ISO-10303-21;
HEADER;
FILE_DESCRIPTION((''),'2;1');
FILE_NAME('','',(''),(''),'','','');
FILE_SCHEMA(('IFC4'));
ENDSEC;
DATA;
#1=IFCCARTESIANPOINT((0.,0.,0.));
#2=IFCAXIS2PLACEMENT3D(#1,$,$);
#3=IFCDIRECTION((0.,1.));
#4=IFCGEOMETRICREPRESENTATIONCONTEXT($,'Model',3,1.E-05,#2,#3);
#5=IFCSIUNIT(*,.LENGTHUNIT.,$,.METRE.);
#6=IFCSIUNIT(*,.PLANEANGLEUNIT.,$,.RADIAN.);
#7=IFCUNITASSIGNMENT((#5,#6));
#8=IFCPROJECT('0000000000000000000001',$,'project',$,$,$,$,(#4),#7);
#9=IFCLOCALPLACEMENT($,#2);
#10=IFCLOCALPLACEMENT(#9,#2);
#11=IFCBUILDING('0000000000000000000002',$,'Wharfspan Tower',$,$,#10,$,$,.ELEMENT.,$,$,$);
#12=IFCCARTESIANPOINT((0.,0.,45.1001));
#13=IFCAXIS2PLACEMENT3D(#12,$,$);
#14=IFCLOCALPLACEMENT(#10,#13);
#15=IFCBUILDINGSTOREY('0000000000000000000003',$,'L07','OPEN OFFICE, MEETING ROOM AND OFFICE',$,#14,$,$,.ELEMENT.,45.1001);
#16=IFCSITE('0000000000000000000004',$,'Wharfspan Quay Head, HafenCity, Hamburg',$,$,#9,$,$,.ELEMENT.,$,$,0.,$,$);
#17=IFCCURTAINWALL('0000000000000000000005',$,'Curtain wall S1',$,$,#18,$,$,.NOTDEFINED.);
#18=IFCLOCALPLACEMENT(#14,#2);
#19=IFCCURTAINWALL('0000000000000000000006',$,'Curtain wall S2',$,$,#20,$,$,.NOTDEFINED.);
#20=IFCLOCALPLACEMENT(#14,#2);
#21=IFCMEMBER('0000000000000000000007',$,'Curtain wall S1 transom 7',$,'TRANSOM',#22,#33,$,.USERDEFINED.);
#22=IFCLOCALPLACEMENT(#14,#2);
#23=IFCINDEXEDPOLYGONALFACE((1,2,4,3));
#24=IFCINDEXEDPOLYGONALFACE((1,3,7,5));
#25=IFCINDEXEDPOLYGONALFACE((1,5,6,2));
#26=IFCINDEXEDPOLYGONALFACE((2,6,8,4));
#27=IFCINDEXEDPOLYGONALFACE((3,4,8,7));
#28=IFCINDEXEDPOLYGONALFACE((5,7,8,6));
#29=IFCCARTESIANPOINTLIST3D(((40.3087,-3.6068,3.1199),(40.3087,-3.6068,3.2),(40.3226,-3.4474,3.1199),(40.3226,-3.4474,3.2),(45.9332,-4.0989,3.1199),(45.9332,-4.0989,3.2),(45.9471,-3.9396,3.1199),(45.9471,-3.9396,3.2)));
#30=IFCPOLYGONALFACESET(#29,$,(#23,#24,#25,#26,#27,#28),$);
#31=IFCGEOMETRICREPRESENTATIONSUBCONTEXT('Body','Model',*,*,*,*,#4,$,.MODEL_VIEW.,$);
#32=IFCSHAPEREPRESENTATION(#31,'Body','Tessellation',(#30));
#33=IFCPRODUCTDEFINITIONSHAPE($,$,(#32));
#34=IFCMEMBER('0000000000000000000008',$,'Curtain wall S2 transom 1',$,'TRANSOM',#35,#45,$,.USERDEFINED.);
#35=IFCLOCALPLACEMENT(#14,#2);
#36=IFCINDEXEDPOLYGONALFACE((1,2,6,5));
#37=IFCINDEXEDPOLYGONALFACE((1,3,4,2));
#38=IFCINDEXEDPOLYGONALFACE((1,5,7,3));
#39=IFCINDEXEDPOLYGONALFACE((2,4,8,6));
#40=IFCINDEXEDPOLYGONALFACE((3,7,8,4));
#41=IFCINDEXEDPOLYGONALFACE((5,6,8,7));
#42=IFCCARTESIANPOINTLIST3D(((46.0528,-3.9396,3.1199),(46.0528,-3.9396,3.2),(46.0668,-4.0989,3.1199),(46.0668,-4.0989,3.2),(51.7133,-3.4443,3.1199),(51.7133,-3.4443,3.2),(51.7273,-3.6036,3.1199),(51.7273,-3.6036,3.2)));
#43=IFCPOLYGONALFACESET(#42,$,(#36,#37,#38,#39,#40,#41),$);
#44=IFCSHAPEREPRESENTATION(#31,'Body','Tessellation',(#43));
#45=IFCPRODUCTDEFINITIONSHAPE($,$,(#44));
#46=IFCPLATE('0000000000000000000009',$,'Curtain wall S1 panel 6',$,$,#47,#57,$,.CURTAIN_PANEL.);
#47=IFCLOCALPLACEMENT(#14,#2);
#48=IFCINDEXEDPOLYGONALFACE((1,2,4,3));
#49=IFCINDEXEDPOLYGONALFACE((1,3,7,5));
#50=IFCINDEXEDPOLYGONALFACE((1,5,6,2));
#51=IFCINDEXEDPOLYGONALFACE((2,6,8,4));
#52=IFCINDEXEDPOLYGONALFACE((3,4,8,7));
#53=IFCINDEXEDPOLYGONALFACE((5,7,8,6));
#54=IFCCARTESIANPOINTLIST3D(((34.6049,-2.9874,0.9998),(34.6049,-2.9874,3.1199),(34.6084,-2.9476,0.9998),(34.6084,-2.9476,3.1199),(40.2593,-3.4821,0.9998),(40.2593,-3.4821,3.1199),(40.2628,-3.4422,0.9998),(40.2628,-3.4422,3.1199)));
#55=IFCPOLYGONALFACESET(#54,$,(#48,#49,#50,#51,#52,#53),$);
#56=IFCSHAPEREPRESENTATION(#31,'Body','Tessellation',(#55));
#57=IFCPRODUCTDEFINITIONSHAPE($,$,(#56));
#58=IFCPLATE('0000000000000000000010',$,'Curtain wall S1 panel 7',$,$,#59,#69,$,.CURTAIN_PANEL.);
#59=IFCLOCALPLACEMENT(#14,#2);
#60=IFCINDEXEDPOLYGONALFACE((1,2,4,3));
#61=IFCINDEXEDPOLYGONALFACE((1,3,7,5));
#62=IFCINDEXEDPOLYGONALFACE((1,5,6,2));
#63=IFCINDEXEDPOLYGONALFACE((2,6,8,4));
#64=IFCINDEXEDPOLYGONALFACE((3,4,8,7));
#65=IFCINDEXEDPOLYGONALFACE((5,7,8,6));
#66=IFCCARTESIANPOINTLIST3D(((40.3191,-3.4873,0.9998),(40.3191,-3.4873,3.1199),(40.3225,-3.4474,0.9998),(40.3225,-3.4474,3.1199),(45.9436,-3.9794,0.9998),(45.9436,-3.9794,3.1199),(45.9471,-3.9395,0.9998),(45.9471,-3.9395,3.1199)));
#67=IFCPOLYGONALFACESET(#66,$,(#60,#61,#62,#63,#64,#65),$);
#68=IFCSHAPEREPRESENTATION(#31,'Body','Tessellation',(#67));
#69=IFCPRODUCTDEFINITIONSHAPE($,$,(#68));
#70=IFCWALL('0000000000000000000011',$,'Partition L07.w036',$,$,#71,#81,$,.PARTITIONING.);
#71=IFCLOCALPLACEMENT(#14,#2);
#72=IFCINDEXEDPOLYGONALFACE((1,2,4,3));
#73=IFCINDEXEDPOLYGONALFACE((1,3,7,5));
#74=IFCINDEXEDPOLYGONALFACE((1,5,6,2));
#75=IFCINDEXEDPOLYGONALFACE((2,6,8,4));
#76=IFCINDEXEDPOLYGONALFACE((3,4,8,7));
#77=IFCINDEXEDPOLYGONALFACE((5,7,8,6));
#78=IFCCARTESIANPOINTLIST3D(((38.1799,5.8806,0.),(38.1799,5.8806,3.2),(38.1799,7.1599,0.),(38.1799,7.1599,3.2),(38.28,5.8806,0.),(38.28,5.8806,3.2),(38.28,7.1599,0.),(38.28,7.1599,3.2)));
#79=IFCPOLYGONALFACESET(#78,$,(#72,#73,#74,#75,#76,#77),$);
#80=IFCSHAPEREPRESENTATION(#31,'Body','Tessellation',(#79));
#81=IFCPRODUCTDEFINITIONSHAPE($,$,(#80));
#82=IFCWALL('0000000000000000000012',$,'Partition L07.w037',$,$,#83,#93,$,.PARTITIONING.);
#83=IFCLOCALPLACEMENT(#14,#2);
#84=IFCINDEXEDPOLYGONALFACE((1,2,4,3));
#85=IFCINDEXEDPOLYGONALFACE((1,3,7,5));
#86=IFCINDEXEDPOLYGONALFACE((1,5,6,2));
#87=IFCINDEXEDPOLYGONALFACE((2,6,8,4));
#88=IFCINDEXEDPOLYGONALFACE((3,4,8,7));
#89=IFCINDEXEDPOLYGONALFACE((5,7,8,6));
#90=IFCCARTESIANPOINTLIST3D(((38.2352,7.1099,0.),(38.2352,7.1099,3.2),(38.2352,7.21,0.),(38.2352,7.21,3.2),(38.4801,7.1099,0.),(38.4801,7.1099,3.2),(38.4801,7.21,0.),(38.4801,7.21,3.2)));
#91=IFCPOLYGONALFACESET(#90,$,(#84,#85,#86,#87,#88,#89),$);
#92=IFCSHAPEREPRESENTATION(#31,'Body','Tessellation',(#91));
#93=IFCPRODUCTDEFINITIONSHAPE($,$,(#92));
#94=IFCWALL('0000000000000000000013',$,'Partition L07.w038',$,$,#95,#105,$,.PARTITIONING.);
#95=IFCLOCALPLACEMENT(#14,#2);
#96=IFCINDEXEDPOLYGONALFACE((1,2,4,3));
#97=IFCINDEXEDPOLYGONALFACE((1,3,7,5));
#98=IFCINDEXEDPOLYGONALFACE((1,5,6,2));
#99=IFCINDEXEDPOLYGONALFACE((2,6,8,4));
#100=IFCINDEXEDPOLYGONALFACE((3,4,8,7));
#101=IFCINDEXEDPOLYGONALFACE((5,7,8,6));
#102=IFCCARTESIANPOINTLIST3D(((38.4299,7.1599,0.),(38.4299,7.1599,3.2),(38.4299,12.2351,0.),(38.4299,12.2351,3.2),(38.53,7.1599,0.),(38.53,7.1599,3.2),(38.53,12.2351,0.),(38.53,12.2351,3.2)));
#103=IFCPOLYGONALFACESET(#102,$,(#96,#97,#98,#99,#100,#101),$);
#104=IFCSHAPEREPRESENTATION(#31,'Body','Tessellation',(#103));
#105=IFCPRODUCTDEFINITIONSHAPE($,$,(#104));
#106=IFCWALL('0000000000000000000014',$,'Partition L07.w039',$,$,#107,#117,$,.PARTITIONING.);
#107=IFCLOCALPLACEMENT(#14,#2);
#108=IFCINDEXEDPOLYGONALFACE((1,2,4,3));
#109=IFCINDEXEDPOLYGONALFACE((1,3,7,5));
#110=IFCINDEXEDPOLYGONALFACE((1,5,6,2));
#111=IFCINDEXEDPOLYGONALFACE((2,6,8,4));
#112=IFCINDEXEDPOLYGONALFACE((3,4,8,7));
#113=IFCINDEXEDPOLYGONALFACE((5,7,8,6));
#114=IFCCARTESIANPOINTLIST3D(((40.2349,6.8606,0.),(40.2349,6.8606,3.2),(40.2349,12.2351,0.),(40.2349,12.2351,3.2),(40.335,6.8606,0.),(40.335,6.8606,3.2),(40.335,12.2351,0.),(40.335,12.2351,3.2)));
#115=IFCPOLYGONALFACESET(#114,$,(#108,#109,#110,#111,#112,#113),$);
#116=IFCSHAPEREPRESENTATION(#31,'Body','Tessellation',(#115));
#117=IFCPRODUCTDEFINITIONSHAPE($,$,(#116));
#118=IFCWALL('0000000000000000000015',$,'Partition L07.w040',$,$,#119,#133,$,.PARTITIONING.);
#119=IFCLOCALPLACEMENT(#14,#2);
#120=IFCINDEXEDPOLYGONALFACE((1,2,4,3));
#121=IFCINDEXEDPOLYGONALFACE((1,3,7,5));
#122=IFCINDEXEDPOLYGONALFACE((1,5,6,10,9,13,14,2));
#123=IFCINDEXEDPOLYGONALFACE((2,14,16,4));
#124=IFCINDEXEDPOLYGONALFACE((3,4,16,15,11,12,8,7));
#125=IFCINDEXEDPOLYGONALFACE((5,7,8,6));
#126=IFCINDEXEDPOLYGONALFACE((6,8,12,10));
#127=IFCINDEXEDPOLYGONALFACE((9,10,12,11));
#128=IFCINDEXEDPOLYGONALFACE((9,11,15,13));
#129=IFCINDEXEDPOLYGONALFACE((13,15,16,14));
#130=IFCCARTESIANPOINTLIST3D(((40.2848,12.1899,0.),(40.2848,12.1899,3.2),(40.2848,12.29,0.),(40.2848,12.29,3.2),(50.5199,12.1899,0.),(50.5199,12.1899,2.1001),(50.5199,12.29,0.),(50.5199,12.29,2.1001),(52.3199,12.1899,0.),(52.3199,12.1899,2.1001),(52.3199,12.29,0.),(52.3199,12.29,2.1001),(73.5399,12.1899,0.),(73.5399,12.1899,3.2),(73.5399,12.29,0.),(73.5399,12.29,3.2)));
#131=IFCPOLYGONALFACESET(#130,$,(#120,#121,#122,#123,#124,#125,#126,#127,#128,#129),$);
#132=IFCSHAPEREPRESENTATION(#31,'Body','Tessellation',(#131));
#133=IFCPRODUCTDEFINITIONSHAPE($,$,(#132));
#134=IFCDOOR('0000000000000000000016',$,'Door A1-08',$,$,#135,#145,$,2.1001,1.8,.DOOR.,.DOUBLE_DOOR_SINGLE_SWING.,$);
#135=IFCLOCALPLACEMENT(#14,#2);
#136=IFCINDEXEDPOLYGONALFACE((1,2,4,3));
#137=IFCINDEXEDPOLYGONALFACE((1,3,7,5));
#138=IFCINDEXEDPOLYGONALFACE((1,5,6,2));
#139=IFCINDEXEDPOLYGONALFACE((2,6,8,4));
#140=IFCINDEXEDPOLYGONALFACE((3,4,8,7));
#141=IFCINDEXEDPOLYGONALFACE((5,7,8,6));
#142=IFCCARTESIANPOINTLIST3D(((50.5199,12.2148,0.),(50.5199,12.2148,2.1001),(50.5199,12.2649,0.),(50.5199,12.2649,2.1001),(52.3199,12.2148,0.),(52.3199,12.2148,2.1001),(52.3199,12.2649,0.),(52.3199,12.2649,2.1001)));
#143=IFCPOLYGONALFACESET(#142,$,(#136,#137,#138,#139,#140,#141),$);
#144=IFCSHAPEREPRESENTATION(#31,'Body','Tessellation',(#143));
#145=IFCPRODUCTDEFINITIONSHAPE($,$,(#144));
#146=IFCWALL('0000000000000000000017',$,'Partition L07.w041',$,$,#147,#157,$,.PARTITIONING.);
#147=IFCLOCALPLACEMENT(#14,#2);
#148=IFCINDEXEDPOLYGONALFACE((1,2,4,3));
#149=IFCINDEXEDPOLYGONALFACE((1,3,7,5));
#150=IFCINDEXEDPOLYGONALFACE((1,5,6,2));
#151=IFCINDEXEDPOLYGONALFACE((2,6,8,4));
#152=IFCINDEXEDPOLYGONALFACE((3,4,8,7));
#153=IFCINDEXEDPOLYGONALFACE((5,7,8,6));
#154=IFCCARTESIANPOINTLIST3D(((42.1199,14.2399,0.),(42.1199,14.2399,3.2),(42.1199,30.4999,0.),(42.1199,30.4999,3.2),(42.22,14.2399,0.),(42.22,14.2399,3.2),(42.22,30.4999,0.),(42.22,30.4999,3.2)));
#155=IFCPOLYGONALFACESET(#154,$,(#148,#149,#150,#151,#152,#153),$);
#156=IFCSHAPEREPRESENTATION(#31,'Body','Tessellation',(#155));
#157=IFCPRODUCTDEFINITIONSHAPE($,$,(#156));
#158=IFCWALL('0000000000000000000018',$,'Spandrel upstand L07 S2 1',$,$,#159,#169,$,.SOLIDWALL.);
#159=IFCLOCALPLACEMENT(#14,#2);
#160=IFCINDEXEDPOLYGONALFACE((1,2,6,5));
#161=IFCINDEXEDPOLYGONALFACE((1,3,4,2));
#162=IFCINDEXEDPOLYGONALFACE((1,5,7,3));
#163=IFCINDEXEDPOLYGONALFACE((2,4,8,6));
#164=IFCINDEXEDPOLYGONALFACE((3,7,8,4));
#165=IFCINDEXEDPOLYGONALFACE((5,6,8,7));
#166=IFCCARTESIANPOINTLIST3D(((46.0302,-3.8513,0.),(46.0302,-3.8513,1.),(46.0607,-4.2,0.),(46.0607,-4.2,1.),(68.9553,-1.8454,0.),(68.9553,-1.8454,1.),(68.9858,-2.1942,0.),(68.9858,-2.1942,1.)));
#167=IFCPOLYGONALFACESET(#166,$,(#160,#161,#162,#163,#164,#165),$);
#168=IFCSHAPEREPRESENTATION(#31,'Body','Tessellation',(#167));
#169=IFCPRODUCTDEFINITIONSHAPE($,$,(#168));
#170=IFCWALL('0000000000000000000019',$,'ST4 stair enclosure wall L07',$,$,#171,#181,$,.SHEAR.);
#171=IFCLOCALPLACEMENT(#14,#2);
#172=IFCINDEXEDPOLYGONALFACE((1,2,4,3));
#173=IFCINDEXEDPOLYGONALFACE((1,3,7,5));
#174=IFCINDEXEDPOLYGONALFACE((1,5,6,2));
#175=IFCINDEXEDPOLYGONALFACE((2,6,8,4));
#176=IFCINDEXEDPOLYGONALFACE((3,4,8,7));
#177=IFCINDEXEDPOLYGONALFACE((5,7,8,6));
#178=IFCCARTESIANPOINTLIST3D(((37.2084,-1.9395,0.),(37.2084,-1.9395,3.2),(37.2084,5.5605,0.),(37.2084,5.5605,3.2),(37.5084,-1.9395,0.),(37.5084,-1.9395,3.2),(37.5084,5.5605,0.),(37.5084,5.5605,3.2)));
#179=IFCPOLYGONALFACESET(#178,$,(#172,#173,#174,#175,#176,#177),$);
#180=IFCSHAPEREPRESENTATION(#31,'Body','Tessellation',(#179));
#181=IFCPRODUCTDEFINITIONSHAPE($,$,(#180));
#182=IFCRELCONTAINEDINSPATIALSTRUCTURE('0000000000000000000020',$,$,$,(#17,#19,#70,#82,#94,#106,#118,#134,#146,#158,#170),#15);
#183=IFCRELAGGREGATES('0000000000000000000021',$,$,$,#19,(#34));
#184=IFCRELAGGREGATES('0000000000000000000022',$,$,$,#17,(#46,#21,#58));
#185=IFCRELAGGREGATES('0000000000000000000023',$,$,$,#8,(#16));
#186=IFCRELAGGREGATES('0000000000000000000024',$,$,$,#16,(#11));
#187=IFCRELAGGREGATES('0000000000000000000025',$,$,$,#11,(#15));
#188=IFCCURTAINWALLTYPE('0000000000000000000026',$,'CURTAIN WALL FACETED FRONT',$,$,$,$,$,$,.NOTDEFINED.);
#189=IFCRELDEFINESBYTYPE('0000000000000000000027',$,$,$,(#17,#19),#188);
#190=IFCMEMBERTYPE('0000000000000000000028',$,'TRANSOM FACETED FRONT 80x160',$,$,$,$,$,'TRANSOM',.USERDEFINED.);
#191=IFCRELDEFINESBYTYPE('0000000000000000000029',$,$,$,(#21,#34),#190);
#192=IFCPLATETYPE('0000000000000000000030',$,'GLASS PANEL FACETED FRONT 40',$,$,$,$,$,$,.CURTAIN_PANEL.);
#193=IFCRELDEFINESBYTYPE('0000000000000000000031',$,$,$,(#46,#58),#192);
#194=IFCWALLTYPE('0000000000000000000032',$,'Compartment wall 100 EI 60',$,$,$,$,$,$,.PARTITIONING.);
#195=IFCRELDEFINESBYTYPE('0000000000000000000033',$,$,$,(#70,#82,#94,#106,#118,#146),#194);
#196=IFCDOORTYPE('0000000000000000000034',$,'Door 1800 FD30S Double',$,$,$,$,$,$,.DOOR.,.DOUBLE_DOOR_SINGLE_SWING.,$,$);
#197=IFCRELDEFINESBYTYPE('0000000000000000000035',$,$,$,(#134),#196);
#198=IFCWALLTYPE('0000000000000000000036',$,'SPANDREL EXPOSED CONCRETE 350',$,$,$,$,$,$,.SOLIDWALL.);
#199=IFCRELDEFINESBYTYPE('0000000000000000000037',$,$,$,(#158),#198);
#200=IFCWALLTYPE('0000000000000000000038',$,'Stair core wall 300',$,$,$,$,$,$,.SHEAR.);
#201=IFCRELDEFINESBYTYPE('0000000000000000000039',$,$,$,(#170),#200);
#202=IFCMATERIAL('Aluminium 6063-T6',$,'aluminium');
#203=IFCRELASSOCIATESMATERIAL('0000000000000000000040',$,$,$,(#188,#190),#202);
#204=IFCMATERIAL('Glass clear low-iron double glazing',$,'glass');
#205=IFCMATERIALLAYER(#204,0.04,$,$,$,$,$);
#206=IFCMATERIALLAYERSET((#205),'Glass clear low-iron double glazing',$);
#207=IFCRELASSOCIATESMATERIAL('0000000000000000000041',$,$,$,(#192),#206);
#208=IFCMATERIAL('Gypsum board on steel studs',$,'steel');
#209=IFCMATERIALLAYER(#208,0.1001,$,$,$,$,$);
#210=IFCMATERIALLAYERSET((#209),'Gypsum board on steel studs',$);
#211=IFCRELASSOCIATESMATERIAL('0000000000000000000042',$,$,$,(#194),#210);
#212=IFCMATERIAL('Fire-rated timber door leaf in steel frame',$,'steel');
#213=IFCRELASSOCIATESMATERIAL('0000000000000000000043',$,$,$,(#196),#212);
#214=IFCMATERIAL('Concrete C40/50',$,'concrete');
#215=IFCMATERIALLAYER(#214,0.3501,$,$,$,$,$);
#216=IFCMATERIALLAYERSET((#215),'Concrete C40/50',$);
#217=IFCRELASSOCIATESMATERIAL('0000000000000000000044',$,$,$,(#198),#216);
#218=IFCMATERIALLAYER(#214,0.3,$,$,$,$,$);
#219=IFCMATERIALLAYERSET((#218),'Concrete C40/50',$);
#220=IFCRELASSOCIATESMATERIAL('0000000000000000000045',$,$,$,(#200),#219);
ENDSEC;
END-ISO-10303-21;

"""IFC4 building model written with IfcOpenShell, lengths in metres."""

from ifc_helpers import new_model, si_unit, direction, frame, frame_2d, origin, origin_2d, place, context, subcontext, project, spatial, rectangle, extrude, material, layer, layer_set, material_profile, profile_set, type_object, element, fill, aggregate, save


model = new_model("IFC4")

# Units and contexts
model_context = context("Model", 3, precision=1e-05, world=origin(), true_north=direction((0.0, 1.0)))
body_context = subcontext(model_context, "Body", "Model", "MODEL_VIEW")
ifc_project = project(units=[si_unit("LENGTHUNIT", "METRE"), si_unit("PLANEANGLEUNIT", "RADIAN")], contexts=[model_context])

# Site, building, storey
site_placement = place(None, origin())
site = spatial("IfcSite", under=ifc_project, at=site_placement, Name="Wharfspan Quay Head, HafenCity, Hamburg", CompositionType="ELEMENT", RefElevation=0.0)
building_placement = place(site_placement, origin())
building = spatial("IfcBuilding", under=site, at=building_placement, Name="Wharfspan Tower", CompositionType="ELEMENT")
storey_placement = place(building_placement, frame((0.0, 0.0, 45.1001)))
storey = spatial("IfcBuildingStorey", under=building, at=storey_placement, Name="L07", Description="OPEN OFFICE, MEETING ROOM AND OFFICE", CompositionType="ELEMENT", Elevation=45.1001)

# Curtain wall
ifc_material_1 = material(Name="Aluminium 6063-T6", Category="aluminium")
curtain_wall_type = type_object("IfcCurtainWallType", Name="CURTAIN WALL FACETED FRONT", PredefinedType="NOTDEFINED", material=ifc_material_1)
curtain_wall_1_placement = place(storey_placement, origin())
curtain_wall_1 = element("IfcCurtainWall", 1, at=curtain_wall_1_placement, inside=storey, type_object=curtain_wall_type, Name="Curtain wall S1", PredefinedType="NOTDEFINED")

# Curtain wall
curtain_wall_2_placement = place(storey_placement, origin())
curtain_wall_2 = element("IfcCurtainWall", 2, at=curtain_wall_2_placement, inside=storey, type_object=curtain_wall_type, Name="Curtain wall S2", PredefinedType="NOTDEFINED")

# Members
ifc_material_profile_1 = material_profile(ifc_material_1, rectangle(XDim=0.1599, YDim=0.0801, at=origin_2d()))
ifc_profile_set_1 = profile_set([ifc_material_profile_1], Name="Aluminium 6063-T6")
member_type_1 = type_object("IfcMemberType", Name="TRANSOM FACETED FRONT 80x160", ElementType="TRANSOM", PredefinedType="USERDEFINED", material=ifc_profile_set_1)
member_1_placement = place(storey_placement, frame((40.3157, -3.5271, 3.1599), z_axis=(0.996193, -0.087174, 0.0), x_axis=(0.087174, 0.996193, 0.0)))
member_1 = element("IfcMember", 3, at=member_1_placement, type_object=member_type_1, Name="Curtain wall S1 transom 7", ObjectType="TRANSOM", PredefinedType="USERDEFINED", context=body_context, shape_type="SweptSolid", body=[
    extrude(rectangle(XDim=0.1599, YDim=0.0801, at=origin_2d()), origin(), (0.0, 0.0, 1.0), 5.646),
])
member_2_placement = place(storey_placement, frame((46.0598, -4.0193, 3.1599), z_axis=(0.996193, 0.08718, 0.0), x_axis=(-0.08718, 0.996193, 0.0)))
member_2 = element("IfcMember", 4, at=member_2_placement, type_object=member_type_1, Name="Curtain wall S2 transom 1", ObjectType="TRANSOM", PredefinedType="USERDEFINED", context=body_context, shape_type="SweptSolid", body=[
    extrude(rectangle(XDim=0.1599, YDim=0.0801, at=origin_2d()), origin(), (0.0, 0.0, 1.0), 5.6821),
])
aggregate(curtain_wall_2, [member_2])

# Plates
ifc_material_2 = material(Name="Glass clear low-iron double glazing", Category="glass")
ifc_layer_1 = layer(ifc_material_2, 0.04)
ifc_layer_set_1 = layer_set([ifc_layer_1], Name="Glass clear low-iron double glazing")
plate_type = type_object("IfcPlateType", Name="GLASS PANEL FACETED FRONT 40", PredefinedType="CURTAIN_PANEL", material=ifc_layer_set_1)
plate_1_placement = place(storey_placement, frame((37.4338, -3.2148, 0.9998), z_axis=(0.0, 0.0, 1.0), x_axis=(0.996197, -0.087156, 0.0)))
plate_1 = element("IfcPlate", 5, at=plate_1_placement, type_object=plate_type, Name="Curtain wall S1 panel 6", PredefinedType="CURTAIN_PANEL", context=body_context, shape_type="SweptSolid", body=[
    extrude(rectangle(XDim=5.676, YDim=0.04, at=origin_2d()), origin(), (0.0, 0.0, 1.0), 2.1201),
])
plate_2_placement = place(storey_placement, frame((43.1331, -3.7134, 0.9998), z_axis=(0.0, 0.0, 1.0), x_axis=(0.996197, -0.087156, 0.0)))
plate_2 = element("IfcPlate", 6, at=plate_2_placement, type_object=plate_type, Name="Curtain wall S1 panel 7", PredefinedType="CURTAIN_PANEL", context=body_context, shape_type="SweptSolid", body=[
    extrude(rectangle(XDim=5.646, YDim=0.04, at=origin_2d()), origin(), (0.0, 0.0, 1.0), 2.1201),
])
aggregate(curtain_wall_1, [plate_1, member_1, plate_2])

# Walls
ifc_material_3 = material(Name="Gypsum board on steel studs", Category="steel")
ifc_layer_2 = layer(ifc_material_3, 0.1001)
ifc_layer_set_2 = layer_set([ifc_layer_2], Name="Gypsum board on steel studs")
wall_type_1 = type_object("IfcWallType", Name="Compartment wall 100 EI 60", PredefinedType="PARTITIONING", material=ifc_layer_set_2)
wall_1_placement = place(storey_placement, frame((38.23, 5.8806, 0.0), z_axis=(0.0, 0.0, 1.0), x_axis=(0.0, 1.0, 0.0)))
element("IfcWall", 7, at=wall_1_placement, inside=storey, type_object=wall_type_1, Name="Partition L07.w036", PredefinedType="PARTITIONING", context=body_context, shape_type="SweptSolid", body=[
    extrude(rectangle(XDim=1.2793, YDim=0.1001, at=frame_2d((0.6396, 0.0))), origin(), (0.0, 0.0, 1.0), 3.2),
])
wall_2_placement = place(storey_placement, frame((38.2351, 7.1599, 0.0), z_axis=(0.0, 0.0, 1.0), x_axis=(1.0, 0.0, 0.0)))
element("IfcWall", 8, at=wall_2_placement, inside=storey, type_object=wall_type_1, Name="Partition L07.w037", PredefinedType="PARTITIONING", context=body_context, shape_type="SweptSolid", body=[
    extrude(rectangle(XDim=0.2449, YDim=0.1001, at=frame_2d((0.1226, 0.0))), origin(), (0.0, 0.0, 1.0), 3.2),
])
wall_3_placement = place(storey_placement, frame((38.48, 7.1599, 0.0), z_axis=(0.0, 0.0, 1.0), x_axis=(0.0, 1.0, 0.0)))
element("IfcWall", 9, at=wall_3_placement, inside=storey, type_object=wall_type_1, Name="Partition L07.w038", PredefinedType="PARTITIONING", context=body_context, shape_type="SweptSolid", body=[
    extrude(rectangle(XDim=5.0752, YDim=0.1001, at=frame_2d((2.5376, 0.0))), origin(), (0.0, 0.0, 1.0), 3.2),
])
wall_4_placement = place(storey_placement, frame((40.2849, 6.8606, 0.0), z_axis=(0.0, 0.0, 1.0), x_axis=(0.0, 1.0, 0.0)))
element("IfcWall", 10, at=wall_4_placement, inside=storey, type_object=wall_type_1, Name="Partition L07.w039", PredefinedType="PARTITIONING", context=body_context, shape_type="SweptSolid", body=[
    extrude(rectangle(XDim=5.3745, YDim=0.1001, at=frame_2d((2.6873, 0.0))), origin(), (0.0, 0.0, 1.0), 3.2),
])

# Wall, opening, door
wall_5_placement = place(storey_placement, frame((40.2849, 12.24, 0.0), z_axis=(0.0, 0.0, 1.0), x_axis=(1.0, 0.0, 0.0)))
wall_5 = element("IfcWall", 11, at=wall_5_placement, inside=storey, type_object=wall_type_1, Name="Partition L07.w040", PredefinedType="PARTITIONING", context=body_context, shape_type="SweptSolid", body=[
    extrude(rectangle(XDim=33.2551, YDim=0.1001, at=frame_2d((16.6274, 0.0))), origin(), (0.0, 0.0, 1.0), 3.2),
])
opening_placement = place(wall_5_placement, frame((10.2351, 0.0, 0.0)))
opening = element("IfcOpeningElement", 12, at=opening_placement, cuts=wall_5, PredefinedType="OPENING", context=body_context, shape_type="SweptSolid", body=[
    extrude(rectangle(XDim=1.8, YDim=2.1001, at=frame_2d((0.8999, 1.05))), frame((0.0, 0.0601, 0.0), z_axis=(0.0, -1.0, 0.0), x_axis=(1.0, 0.0, 0.0)), (0.0, 0.0, 1.0), 0.1201),
])
ifc_material_4 = material(Name="Fire-rated timber door leaf in steel frame", Category="steel")
door_type = type_object("IfcDoorType", Name="Door 1800 FD30S Double", OperationType="DOUBLE_DOOR_SINGLE_SWING", PredefinedType="DOOR", material=ifc_material_4)
door_placement = place(opening_placement, origin())
door = element("IfcDoor", 13, at=door_placement, inside=storey, type_object=door_type, Name="Door A1-08", OperationType="DOUBLE_DOOR_SINGLE_SWING", OverallHeight=2.1001, OverallWidth=1.8, PredefinedType="DOOR", context=body_context, shape_type="SweptSolid", body=[
    extrude(rectangle(XDim=1.8, YDim=2.1001, at=frame_2d((0.8999, 1.05))), frame((0.0, 0.0249, 0.0), z_axis=(0.0, -1.0, 0.0), x_axis=(1.0, 0.0, 0.0)), (0.0, 0.0, 1.0), 0.05),
])
fill(opening, door)

# Walls
wall_6_placement = place(storey_placement, frame((42.1699, 14.24, 0.0), z_axis=(0.0, 0.0, 1.0), x_axis=(0.0, 1.0, 0.0)))
element("IfcWall", 14, at=wall_6_placement, inside=storey, type_object=wall_type_1, Name="Partition L07.w041", PredefinedType="PARTITIONING", context=body_context, shape_type="SweptSolid", body=[
    extrude(rectangle(XDim=16.26, YDim=0.1001, at=frame_2d((8.1299, 0.0))), origin(), (0.0, 0.0, 1.0), 3.2),
])
ifc_material_5 = material(Name="Concrete C40/50", Category="concrete")
ifc_layer_3 = layer(ifc_material_5, 0.3501)
ifc_layer_set_3 = layer_set([ifc_layer_3], Name="Concrete C40/50")
wall_type_2 = type_object("IfcWallType", Name="SPANDREL EXPOSED CONCRETE 350", PredefinedType="SOLIDWALL", material=ifc_layer_set_3)
wall_7_placement = place(storey_placement, frame((46.0454, -4.0256, 0.0), z_axis=(0.0, 0.0, 1.0), x_axis=(0.99619, 0.087163, 0.0)))
element("IfcWall", 15, at=wall_7_placement, inside=storey, type_object=wall_type_2, Name="Spandrel upstand L07 S2 1", PredefinedType="SOLIDWALL", context=body_context, shape_type="SweptSolid", body=[
    extrude(rectangle(XDim=23.0127, YDim=0.3501, at=frame_2d((11.5063, 0.0))), origin(), (0.0, 0.0, 1.0), 1.0),
])
ifc_layer_4 = layer(ifc_material_5, 0.3)
ifc_layer_set_4 = layer_set([ifc_layer_4], Name="Concrete C40/50")
wall_type_3 = type_object("IfcWallType", Name="Stair core wall 300", PredefinedType="SHEAR", material=ifc_layer_set_4)
for number, where, z_axis, x_axis, name in (
    (16, (37.3584, -1.9395, 0.0), (0.0, 0.0, 1.0), (0.0, 1.0, 0.0), "ST4 stair enclosure wall L07"),
):
    element("IfcWall", number, at=place(storey_placement, frame(where, z_axis=z_axis, x_axis=x_axis)), inside=storey, type_object=wall_type_3, Name=name, PredefinedType="SHEAR", context=body_context, shape_type="SweptSolid", body=[
        extrude(rectangle(XDim=7.5, YDim=0.3, at=frame_2d((3.75, 0.0))), origin(), (0.0, 0.0, 1.0), 3.2),
    ])

save(model, "model.ifc")
